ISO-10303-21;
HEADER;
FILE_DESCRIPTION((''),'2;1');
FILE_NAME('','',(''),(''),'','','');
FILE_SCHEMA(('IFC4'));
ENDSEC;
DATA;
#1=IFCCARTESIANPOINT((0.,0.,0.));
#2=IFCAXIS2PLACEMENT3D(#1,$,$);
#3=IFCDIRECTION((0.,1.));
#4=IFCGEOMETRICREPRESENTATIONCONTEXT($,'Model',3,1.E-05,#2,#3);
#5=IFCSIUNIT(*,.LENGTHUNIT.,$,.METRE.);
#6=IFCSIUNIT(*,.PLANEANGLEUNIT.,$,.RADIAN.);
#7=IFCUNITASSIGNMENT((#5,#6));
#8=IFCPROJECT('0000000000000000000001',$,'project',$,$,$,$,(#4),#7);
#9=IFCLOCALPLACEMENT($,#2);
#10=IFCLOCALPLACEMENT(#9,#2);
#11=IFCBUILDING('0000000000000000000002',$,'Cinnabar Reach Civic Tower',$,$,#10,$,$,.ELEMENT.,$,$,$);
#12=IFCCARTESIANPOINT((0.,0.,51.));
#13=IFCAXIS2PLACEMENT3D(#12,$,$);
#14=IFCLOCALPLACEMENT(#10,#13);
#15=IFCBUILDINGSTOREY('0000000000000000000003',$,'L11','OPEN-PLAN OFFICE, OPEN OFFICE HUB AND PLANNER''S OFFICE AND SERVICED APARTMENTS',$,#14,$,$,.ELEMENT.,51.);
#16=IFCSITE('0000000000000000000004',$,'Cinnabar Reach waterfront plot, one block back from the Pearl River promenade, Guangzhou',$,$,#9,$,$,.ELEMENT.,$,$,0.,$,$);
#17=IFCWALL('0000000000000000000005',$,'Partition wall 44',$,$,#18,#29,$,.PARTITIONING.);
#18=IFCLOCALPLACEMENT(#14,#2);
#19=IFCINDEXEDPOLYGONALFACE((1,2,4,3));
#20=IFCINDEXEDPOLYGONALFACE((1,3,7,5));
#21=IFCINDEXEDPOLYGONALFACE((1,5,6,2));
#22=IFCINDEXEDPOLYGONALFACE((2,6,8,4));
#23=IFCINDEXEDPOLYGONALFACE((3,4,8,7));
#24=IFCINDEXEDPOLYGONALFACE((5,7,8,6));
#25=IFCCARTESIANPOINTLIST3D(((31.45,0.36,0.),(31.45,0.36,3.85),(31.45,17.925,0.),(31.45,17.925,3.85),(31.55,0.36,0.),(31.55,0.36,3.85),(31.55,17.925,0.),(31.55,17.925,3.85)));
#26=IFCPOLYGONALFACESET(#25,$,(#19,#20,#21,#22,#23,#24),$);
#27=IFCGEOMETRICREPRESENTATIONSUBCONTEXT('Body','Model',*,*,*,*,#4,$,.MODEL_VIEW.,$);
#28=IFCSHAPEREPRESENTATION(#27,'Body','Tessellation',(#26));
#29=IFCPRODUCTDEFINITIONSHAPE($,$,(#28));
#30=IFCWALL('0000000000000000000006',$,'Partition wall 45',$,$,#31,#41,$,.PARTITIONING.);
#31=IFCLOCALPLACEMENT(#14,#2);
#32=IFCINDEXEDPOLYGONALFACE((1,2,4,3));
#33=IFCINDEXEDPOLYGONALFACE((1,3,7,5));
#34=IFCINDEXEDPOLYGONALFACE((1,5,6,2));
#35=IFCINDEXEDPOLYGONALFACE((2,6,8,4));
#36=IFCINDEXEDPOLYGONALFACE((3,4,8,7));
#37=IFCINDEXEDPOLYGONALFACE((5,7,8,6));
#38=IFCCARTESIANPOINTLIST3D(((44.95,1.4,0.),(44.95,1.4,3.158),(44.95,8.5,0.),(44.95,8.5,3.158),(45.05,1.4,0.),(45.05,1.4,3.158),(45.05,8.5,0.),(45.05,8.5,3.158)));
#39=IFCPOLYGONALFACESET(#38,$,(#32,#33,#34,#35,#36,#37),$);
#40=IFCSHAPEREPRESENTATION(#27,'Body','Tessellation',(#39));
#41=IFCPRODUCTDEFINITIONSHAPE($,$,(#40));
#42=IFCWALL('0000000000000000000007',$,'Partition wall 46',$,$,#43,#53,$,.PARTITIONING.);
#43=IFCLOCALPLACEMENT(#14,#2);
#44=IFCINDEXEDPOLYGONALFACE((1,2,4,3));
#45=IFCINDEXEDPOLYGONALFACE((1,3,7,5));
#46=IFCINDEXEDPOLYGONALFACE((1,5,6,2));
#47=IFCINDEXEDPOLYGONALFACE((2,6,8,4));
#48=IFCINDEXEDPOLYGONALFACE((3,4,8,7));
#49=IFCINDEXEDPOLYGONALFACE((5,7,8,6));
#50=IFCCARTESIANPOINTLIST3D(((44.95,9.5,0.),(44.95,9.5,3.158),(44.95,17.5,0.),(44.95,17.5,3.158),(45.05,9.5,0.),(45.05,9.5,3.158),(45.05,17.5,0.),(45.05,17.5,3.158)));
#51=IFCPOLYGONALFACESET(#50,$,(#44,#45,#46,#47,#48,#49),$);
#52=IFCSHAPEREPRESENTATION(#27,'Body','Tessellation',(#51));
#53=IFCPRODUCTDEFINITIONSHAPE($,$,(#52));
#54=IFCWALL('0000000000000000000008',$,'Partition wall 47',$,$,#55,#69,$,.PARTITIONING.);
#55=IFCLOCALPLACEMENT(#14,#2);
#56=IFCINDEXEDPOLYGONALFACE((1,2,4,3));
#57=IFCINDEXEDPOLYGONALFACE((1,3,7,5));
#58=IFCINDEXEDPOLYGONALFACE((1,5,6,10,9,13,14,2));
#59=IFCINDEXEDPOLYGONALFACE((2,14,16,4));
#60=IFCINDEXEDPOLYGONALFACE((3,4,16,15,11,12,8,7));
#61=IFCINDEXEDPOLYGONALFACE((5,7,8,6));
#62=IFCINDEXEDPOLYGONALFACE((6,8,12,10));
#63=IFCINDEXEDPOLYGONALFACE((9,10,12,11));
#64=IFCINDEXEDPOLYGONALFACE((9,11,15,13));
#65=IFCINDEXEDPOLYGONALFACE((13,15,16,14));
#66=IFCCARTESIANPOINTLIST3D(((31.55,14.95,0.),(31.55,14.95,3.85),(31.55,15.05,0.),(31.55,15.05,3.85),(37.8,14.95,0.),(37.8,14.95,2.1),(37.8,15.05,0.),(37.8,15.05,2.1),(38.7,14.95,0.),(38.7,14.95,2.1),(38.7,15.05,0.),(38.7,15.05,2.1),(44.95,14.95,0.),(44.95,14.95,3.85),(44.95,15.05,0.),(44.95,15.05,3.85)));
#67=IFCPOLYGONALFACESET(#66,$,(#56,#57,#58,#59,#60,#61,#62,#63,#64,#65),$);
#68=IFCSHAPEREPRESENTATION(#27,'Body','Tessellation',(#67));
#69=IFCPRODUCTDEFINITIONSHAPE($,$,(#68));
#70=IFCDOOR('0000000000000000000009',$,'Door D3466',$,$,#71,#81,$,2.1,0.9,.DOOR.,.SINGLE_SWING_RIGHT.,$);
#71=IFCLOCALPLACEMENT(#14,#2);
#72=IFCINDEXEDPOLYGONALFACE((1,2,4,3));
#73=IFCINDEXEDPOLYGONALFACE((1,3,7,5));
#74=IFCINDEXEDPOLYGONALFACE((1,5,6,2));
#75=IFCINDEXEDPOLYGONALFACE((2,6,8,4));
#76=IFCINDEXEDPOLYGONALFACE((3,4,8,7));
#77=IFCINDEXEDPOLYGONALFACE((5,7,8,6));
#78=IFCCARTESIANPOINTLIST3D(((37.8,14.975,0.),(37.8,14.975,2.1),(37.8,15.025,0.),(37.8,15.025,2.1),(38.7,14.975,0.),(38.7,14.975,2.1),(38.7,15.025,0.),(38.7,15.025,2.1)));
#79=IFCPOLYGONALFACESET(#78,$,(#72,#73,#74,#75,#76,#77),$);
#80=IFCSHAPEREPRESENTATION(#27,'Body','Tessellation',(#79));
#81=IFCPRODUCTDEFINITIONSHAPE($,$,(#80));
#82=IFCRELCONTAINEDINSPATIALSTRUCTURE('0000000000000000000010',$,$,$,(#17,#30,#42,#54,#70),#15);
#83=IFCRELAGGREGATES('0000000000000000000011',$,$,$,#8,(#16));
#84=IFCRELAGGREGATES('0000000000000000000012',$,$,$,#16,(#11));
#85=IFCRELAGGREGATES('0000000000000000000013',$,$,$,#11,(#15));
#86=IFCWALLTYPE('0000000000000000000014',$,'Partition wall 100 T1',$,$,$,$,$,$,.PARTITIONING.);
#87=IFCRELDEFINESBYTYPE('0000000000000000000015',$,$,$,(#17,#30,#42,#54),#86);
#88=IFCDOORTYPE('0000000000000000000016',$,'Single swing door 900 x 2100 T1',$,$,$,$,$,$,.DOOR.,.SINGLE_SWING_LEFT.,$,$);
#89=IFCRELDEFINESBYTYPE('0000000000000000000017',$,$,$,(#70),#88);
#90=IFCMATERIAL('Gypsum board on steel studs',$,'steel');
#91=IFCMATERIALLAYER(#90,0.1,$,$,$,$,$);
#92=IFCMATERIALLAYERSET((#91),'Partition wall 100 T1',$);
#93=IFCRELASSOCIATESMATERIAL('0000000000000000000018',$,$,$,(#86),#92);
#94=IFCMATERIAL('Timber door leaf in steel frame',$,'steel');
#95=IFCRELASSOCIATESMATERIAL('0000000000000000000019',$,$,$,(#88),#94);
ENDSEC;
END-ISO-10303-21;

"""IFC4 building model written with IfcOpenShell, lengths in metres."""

from ifc_helpers import new_model, si_unit, direction, frame, frame_2d, origin, place, context, subcontext, project, spatial, rectangle, extrude, material, layer, layer_set, type_object, element, fill, save


model = new_model("IFC4")

# Units and contexts
model_context = context("Model", 3, precision=1e-05, world=origin(), true_north=direction((0.0, 1.0)))
body_context = subcontext(model_context, "Body", "Model", "MODEL_VIEW")
ifc_project = project(units=[si_unit("LENGTHUNIT", "METRE"), si_unit("PLANEANGLEUNIT", "RADIAN")], contexts=[model_context])

# Site, building, storey
site_placement = place(None, origin())
site = spatial("IfcSite", under=ifc_project, at=site_placement, Name="Cinnabar Reach waterfront plot, one block back from the Pearl River promenade, Guangzhou", CompositionType="ELEMENT", RefElevation=0.0)
building_placement = place(site_placement, origin())
building = spatial("IfcBuilding", under=site, at=building_placement, Name="Cinnabar Reach Civic Tower", CompositionType="ELEMENT")
storey_placement = place(building_placement, frame((0.0, 0.0, 51.0)))
storey = spatial("IfcBuildingStorey", under=building, at=storey_placement, Name="L11", Description="OPEN-PLAN OFFICE, OPEN OFFICE HUB AND PLANNER'S OFFICE AND SERVICED APARTMENTS", CompositionType="ELEMENT", Elevation=51.0)

# Shared definitions
ifc_material_1 = material(Name="Timber door leaf in steel frame", Category="steel")

# Walls
ifc_material_2 = material(Name="Gypsum board on steel studs", Category="steel")
ifc_layer_1 = layer(ifc_material_2, 0.1)
ifc_layer_set_1 = layer_set([ifc_layer_1], Name="Partition wall 100 T1")
wall_type_1 = type_object("IfcWallType", Name="Partition wall 100 T1", PredefinedType="PARTITIONING", material=ifc_layer_set_1)
wall_1_placement = place(storey_placement, frame((31.5, 0.36, 0.0), z_axis=(0.0, 0.0, 1.0), x_axis=(0.0, 1.0, 0.0)))
element("IfcWall", 1, at=wall_1_placement, inside=storey, type_object=wall_type_1, Name="Partition wall 44", PredefinedType="PARTITIONING", context=body_context, shape_type="SweptSolid", body=[
    extrude(rectangle(XDim=17.565, YDim=0.1, at=frame_2d((8.7825, 0.0))), origin(), (0.0, 0.0, 1.0), 3.85),
])
wall_2_placement = place(storey_placement, frame((45.0, 1.4, 0.0), z_axis=(0.0, 0.0, 1.0), x_axis=(0.0, 1.0, 0.0)))
element("IfcWall", 2, at=wall_2_placement, inside=storey, type_object=wall_type_1, Name="Partition wall 45", PredefinedType="PARTITIONING", context=body_context, shape_type="SweptSolid", body=[
    extrude(rectangle(XDim=7.1, YDim=0.1, at=frame_2d((3.55, 0.0))), origin(), (0.0, 0.0, 1.0), 3.158),
])
wall_3_placement = place(storey_placement, frame((45.0, 9.5, 0.0), z_axis=(0.0, 0.0, 1.0), x_axis=(0.0, 1.0, 0.0)))
element("IfcWall", 3, at=wall_3_placement, inside=storey, type_object=wall_type_1, Name="Partition wall 46", PredefinedType="PARTITIONING", context=body_context, shape_type="SweptSolid", body=[
    extrude(rectangle(XDim=8.0, YDim=0.1, at=frame_2d((4.0, 0.0))), origin(), (0.0, 0.0, 1.0), 3.158),
])

# Wall, opening, door
wall_4_placement = place(storey_placement, frame((31.55, 15.0, 0.0), z_axis=(0.0, 0.0, 1.0), x_axis=(1.0, 0.0, 0.0)))
wall_4 = element("IfcWall", 4, at=wall_4_placement, inside=storey, type_object=wall_type_1, Name="Partition wall 47", PredefinedType="PARTITIONING", context=body_context, shape_type="SweptSolid", body=[
    extrude(rectangle(XDim=13.4, YDim=0.1, at=frame_2d((6.7, 0.0))), origin(), (0.0, 0.0, 1.0), 3.85),
])
opening_1_placement = place(wall_4_placement, frame((6.25, 0.0, 0.0)))
opening_1 = element("IfcOpeningElement", 5, at=opening_1_placement, cuts=wall_4, PredefinedType="OPENING", context=body_context, shape_type="SweptSolid", body=[
    extrude(rectangle(XDim=0.9, YDim=2.1, at=frame_2d((0.45, 1.05))), frame((0.0, 0.06, 0.0), z_axis=(0.0, -1.0, 0.0), x_axis=(1.0, 0.0, 0.0)), (0.0, 0.0, 1.0), 0.12),
])
door_type_1 = type_object("IfcDoorType", Name="Single swing door 900 x 2100 T1", OperationType="SINGLE_SWING_LEFT", PredefinedType="DOOR", material=ifc_material_1)
door_1_placement = place(opening_1_placement, origin())
door_1 = element("IfcDoor", 6, at=door_1_placement, inside=storey, type_object=door_type_1, Name="Door D3466", OperationType="SINGLE_SWING_RIGHT", OverallHeight=2.1, OverallWidth=0.9, PredefinedType="DOOR", context=body_context, shape_type="SweptSolid", body=[
    extrude(rectangle(XDim=0.9, YDim=2.1, at=frame_2d((0.45, 1.05))), frame((0.0, 0.025, 0.0), z_axis=(0.0, -1.0, 0.0), x_axis=(1.0, 0.0, 0.0)), (0.0, 0.0, 1.0), 0.05),
])
fill(opening_1, door_1)

save(model, "model.ifc")
